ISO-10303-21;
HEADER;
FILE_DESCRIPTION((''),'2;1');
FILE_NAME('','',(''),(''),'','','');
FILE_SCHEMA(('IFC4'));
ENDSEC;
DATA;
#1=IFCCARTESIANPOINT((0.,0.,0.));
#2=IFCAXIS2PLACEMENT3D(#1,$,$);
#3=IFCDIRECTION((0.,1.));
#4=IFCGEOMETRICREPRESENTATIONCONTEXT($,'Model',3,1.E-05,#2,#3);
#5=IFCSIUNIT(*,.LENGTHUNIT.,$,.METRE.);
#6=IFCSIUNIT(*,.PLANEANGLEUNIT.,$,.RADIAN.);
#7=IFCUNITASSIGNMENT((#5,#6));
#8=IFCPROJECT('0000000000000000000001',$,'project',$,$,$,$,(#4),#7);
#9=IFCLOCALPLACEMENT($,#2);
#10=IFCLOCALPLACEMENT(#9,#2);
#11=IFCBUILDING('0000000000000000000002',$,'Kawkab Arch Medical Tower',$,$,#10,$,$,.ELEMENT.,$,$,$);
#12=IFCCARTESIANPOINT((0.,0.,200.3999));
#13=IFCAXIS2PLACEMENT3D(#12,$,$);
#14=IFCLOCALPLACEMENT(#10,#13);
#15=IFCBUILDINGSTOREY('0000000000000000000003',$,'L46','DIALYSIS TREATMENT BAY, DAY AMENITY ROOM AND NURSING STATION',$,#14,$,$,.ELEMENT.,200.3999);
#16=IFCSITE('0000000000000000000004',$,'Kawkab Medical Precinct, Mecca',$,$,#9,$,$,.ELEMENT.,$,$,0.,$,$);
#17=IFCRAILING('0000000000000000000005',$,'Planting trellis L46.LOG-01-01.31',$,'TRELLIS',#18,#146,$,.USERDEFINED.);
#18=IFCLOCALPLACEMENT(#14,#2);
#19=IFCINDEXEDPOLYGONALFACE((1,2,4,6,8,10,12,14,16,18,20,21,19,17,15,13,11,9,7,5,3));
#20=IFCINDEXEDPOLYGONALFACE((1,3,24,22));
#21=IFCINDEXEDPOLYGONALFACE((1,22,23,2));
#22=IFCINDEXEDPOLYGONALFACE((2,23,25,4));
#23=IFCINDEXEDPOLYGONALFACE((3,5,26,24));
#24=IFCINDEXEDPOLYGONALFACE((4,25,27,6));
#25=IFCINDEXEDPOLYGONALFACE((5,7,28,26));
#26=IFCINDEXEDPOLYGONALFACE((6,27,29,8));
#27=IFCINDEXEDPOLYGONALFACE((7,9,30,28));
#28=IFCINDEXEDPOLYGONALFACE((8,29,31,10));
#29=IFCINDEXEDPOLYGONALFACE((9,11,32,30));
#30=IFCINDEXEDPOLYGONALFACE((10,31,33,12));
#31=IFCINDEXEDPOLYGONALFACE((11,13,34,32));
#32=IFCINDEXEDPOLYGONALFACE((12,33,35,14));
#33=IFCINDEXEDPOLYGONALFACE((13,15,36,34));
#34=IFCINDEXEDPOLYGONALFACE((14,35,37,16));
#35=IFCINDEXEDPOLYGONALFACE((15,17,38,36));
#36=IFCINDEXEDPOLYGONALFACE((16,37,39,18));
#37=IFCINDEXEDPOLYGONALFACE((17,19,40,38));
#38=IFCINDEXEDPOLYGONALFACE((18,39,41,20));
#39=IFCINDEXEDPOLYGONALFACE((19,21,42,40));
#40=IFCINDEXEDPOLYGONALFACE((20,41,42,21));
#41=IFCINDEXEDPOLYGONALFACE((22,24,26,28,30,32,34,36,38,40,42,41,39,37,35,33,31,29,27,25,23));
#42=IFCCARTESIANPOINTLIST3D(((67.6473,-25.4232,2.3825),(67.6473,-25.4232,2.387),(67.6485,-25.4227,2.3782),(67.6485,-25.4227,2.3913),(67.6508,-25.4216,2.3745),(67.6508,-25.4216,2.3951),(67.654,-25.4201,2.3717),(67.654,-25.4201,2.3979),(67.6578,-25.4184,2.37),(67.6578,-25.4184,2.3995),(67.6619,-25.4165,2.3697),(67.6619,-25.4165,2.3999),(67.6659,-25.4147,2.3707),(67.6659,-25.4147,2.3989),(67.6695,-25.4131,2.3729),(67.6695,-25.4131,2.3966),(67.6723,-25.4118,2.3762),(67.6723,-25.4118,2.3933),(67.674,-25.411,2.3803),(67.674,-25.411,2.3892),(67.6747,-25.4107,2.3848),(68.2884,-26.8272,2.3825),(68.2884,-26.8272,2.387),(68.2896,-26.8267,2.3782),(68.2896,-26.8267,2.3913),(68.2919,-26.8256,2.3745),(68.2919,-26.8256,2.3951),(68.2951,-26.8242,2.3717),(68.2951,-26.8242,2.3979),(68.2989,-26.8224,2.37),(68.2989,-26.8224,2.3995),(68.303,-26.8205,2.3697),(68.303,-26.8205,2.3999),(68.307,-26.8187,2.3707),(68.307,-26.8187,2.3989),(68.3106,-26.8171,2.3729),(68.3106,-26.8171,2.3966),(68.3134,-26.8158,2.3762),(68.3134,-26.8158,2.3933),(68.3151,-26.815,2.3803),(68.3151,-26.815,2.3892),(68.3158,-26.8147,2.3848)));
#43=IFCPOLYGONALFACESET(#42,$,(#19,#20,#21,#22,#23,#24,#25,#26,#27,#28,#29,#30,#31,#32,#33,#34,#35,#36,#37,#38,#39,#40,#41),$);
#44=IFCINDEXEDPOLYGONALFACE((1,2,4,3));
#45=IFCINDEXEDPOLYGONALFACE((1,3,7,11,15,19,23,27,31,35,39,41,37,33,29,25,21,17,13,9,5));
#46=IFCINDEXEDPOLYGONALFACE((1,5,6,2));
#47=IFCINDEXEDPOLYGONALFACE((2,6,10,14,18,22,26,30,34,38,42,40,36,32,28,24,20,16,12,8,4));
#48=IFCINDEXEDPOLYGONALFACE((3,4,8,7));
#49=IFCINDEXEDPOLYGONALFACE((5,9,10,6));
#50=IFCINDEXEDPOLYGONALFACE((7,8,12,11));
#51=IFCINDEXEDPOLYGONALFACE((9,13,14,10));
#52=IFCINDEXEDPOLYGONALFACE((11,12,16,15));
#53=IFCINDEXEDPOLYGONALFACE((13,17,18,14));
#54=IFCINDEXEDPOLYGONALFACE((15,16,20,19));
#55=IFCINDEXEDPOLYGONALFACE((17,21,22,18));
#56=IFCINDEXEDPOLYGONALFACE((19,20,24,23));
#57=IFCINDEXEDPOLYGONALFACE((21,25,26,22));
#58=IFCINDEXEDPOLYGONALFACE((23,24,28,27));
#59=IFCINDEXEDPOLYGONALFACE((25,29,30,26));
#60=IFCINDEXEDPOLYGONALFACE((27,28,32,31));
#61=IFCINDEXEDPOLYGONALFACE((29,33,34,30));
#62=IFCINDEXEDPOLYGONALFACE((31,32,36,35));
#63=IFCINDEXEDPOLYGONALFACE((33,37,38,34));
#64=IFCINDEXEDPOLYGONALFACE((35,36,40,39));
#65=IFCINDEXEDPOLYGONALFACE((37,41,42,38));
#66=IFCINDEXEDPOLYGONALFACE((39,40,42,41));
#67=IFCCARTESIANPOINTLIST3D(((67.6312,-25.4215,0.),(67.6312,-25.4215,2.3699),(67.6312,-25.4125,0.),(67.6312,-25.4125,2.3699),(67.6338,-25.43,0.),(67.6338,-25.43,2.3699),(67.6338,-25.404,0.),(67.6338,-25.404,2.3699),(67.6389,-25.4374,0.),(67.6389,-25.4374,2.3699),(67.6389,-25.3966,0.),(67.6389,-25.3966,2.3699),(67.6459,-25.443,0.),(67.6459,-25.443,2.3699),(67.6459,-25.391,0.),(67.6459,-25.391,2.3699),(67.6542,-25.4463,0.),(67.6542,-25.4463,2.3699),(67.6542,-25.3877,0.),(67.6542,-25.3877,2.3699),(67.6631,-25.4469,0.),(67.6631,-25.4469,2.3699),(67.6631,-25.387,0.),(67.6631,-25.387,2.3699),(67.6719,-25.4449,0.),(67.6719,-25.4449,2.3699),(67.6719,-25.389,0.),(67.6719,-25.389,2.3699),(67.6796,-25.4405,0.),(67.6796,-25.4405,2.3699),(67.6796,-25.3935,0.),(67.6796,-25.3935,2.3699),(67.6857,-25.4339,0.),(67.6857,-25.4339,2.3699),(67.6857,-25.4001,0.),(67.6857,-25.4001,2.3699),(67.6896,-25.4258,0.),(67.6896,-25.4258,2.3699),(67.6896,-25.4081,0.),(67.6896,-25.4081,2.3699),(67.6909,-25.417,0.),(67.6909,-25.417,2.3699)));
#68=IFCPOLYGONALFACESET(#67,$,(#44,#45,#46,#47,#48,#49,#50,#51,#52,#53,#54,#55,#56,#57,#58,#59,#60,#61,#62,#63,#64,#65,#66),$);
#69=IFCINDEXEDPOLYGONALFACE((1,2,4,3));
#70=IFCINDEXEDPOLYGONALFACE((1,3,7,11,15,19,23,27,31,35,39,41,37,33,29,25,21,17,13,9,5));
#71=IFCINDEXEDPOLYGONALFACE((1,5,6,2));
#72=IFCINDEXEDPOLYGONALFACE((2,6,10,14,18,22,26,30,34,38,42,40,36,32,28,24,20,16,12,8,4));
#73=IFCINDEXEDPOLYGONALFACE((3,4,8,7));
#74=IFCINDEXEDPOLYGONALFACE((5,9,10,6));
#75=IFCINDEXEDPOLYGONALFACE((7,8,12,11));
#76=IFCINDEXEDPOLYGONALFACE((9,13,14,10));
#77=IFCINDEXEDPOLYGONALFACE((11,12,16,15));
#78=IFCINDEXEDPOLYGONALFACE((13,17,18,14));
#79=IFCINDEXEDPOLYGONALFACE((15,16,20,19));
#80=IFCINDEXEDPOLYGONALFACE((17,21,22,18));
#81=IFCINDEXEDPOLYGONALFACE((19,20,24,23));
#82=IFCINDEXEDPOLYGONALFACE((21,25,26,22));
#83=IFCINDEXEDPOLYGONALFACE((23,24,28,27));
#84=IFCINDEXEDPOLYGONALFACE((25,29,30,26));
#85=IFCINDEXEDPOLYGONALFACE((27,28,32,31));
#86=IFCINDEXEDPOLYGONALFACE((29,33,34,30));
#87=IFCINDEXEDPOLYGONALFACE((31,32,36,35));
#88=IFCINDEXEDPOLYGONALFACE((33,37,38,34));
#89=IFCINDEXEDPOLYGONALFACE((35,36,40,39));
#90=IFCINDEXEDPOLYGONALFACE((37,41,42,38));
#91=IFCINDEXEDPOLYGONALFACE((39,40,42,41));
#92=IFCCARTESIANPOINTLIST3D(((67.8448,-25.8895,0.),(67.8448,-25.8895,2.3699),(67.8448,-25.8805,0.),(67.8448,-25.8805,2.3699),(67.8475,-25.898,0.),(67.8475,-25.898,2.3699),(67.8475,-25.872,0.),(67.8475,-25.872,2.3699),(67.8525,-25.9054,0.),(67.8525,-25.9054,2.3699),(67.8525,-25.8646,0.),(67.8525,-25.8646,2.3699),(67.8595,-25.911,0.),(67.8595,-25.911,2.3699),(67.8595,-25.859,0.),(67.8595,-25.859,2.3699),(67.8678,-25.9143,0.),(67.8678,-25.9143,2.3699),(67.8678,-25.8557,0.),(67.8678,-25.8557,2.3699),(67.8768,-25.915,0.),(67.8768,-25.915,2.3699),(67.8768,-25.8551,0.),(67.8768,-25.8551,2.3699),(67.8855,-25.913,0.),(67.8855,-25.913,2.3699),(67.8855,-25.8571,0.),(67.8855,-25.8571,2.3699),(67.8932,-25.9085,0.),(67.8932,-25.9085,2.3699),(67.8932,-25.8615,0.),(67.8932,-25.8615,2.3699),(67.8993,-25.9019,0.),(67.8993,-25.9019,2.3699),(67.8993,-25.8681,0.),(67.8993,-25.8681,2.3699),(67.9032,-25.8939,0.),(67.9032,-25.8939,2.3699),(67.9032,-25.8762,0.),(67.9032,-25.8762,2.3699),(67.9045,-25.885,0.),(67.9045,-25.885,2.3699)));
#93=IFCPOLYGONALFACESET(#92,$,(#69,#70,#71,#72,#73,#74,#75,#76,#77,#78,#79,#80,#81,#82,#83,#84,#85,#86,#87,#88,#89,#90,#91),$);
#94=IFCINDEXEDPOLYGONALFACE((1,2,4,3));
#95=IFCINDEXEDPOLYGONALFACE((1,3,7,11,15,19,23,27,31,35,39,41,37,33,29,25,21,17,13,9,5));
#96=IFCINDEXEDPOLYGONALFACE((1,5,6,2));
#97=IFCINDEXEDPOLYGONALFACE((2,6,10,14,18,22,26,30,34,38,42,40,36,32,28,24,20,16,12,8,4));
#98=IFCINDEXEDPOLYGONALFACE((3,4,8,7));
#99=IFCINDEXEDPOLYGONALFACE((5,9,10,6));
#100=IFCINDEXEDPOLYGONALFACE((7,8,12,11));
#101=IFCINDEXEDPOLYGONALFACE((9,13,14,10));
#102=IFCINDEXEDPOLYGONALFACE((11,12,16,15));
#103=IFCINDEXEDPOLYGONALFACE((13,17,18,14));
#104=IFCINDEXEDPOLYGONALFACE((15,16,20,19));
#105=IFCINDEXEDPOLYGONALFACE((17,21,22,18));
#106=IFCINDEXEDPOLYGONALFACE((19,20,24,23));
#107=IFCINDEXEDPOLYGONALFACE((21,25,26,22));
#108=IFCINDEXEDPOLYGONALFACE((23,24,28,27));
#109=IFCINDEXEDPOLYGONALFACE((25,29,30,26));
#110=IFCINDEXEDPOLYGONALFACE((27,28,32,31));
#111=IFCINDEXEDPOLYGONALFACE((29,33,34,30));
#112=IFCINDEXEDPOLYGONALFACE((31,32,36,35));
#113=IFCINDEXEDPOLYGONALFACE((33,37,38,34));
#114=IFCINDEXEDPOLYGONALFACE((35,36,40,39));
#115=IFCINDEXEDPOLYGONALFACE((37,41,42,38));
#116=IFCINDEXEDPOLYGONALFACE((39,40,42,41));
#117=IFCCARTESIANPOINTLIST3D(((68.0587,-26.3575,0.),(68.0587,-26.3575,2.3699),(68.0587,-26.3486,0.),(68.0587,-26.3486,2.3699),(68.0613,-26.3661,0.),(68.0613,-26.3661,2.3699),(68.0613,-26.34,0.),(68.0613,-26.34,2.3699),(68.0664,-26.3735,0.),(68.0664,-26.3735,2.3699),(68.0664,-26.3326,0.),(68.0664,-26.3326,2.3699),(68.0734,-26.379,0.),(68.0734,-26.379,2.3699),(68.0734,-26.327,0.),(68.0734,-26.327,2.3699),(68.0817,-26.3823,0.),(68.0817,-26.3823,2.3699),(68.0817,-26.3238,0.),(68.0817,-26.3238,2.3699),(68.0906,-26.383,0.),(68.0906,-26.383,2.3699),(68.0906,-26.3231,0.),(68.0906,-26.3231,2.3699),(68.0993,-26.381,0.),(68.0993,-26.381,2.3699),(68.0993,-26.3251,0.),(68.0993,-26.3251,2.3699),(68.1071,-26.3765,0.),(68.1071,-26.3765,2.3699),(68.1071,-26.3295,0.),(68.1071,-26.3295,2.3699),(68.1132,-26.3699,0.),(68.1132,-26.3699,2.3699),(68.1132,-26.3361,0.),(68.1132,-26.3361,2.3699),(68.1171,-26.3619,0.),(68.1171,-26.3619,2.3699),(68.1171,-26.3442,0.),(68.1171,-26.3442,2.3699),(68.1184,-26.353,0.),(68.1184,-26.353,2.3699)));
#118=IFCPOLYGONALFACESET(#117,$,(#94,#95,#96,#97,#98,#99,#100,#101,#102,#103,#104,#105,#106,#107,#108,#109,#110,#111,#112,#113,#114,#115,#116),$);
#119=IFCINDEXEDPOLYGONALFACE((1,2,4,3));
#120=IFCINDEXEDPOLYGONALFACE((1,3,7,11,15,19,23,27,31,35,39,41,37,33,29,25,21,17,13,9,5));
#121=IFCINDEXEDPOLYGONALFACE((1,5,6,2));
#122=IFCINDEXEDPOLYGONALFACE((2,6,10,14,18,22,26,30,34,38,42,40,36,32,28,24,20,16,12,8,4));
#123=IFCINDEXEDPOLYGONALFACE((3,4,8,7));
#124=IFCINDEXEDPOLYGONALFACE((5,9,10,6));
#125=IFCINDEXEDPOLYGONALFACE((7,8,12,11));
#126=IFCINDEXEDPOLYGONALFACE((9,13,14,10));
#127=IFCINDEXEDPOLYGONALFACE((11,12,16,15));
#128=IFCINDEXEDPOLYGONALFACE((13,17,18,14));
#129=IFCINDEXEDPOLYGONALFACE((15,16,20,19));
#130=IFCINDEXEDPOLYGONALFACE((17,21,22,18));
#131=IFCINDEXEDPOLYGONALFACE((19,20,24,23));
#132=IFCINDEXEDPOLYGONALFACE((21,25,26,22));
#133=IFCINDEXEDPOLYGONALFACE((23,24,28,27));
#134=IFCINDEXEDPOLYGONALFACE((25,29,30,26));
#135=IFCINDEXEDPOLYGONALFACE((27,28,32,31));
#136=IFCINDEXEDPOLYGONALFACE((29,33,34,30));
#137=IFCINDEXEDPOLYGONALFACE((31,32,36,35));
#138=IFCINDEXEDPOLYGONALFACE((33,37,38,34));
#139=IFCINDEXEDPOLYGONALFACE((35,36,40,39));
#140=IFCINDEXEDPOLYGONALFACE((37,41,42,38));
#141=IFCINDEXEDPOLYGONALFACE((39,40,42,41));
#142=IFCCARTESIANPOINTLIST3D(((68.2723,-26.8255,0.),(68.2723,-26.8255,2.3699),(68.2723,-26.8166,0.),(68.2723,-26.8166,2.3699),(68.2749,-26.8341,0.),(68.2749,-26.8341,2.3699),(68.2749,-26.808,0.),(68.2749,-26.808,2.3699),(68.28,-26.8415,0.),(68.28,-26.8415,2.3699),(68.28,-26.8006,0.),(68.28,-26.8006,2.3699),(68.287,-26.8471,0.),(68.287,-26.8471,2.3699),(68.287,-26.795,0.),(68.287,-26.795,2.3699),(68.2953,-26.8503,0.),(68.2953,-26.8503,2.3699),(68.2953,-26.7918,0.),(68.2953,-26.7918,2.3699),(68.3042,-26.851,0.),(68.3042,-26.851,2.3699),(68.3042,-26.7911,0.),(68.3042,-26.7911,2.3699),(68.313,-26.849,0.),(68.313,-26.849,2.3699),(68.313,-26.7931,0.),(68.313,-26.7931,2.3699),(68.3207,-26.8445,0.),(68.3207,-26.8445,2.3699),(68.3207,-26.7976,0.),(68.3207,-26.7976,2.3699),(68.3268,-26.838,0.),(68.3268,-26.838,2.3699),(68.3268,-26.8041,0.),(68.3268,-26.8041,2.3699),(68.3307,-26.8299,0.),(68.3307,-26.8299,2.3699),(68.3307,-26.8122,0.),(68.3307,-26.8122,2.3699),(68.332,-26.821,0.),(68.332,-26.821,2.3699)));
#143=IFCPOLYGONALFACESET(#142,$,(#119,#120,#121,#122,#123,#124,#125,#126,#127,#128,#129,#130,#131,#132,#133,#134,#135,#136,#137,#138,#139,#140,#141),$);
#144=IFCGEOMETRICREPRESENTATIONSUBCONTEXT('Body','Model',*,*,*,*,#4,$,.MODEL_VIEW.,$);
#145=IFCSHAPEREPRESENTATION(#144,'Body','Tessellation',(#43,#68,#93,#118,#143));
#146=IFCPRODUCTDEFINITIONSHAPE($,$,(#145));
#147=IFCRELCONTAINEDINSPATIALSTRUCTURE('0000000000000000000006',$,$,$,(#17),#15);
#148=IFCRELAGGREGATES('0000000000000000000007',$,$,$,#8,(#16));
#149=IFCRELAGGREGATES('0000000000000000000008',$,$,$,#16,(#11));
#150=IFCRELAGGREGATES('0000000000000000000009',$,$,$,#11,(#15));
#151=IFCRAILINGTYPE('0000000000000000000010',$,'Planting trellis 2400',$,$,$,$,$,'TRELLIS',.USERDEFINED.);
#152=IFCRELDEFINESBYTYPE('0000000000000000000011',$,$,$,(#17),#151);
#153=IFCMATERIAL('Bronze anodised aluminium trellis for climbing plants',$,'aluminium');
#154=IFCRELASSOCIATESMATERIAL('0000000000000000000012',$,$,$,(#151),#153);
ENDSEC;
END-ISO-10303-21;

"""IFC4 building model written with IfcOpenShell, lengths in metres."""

from ifc_helpers import new_model, si_unit, direction, frame, origin, origin_2d, place, context, subcontext, project, spatial, circle, extrude, material, type_object, element, save


model = new_model("IFC4")

# Units and contexts
model_context = context("Model", 3, precision=1e-05, world=origin(), true_north=direction((0.0, 1.0)))
body_context = subcontext(model_context, "Body", "Model", "MODEL_VIEW")
ifc_project = project(units=[si_unit("LENGTHUNIT", "METRE"), si_unit("PLANEANGLEUNIT", "RADIAN")], contexts=[model_context])

# Site, building, storey
site_placement = place(None, origin())
site = spatial("IfcSite", under=ifc_project, at=site_placement, Name="Kawkab Medical Precinct, Mecca", CompositionType="ELEMENT", RefElevation=0.0)
building_placement = place(site_placement, origin())
building = spatial("IfcBuilding", under=site, at=building_placement, Name="Kawkab Arch Medical Tower", CompositionType="ELEMENT")
storey_placement = place(building_placement, frame((0.0, 0.0, 200.3999)))
storey = spatial("IfcBuildingStorey", under=building, at=storey_placement, Name="L46", Description="DIALYSIS TREATMENT BAY, DAY AMENITY ROOM AND NURSING STATION", CompositionType="ELEMENT", Elevation=200.3999)

# Railing
ifc_material_1 = material(Name="Bronze anodised aluminium trellis for climbing plants", Category="aluminium")
railing_type = type_object("IfcRailingType", Name="Planting trellis 2400", ElementType="TRELLIS", PredefinedType="USERDEFINED", material=ifc_material_1)
railing_1_placement = place(storey_placement, frame((67.6609, -25.417, 0.0)))
element("IfcRailing", 1, at=railing_1_placement, inside=storey, type_object=railing_type, Name="Planting trellis L46.LOG-01-01.31", ObjectType="TRELLIS", PredefinedType="USERDEFINED", context=body_context, shape_type="SweptSolid", body=[
    extrude(circle(Radius=0.0151, at=origin_2d()), frame((0.0, 0.0, 2.3848), z_axis=(0.415363, -0.909656, 0.0), x_axis=(0.909656, 0.415363, 0.0)), (0.0, 0.0, 1.0), 1.5435),
    extrude(circle(Radius=0.03, at=origin_2d()), origin(), (0.0, 0.0, 1.0), 2.3699),
    extrude(circle(Radius=0.03, at=origin_2d()), frame((0.2136, -0.468, 0.0)), (0.0, 0.0, 1.0), 2.3699),
    extrude(circle(Radius=0.03, at=origin_2d()), frame((0.4275, -0.936, 0.0)), (0.0, 0.0, 1.0), 2.3699),
    extrude(circle(Radius=0.03, at=origin_2d()), frame((0.6411, -1.4041, 0.0)), (0.0, 0.0, 1.0), 2.3699),
])

save(model, "model.ifc")
